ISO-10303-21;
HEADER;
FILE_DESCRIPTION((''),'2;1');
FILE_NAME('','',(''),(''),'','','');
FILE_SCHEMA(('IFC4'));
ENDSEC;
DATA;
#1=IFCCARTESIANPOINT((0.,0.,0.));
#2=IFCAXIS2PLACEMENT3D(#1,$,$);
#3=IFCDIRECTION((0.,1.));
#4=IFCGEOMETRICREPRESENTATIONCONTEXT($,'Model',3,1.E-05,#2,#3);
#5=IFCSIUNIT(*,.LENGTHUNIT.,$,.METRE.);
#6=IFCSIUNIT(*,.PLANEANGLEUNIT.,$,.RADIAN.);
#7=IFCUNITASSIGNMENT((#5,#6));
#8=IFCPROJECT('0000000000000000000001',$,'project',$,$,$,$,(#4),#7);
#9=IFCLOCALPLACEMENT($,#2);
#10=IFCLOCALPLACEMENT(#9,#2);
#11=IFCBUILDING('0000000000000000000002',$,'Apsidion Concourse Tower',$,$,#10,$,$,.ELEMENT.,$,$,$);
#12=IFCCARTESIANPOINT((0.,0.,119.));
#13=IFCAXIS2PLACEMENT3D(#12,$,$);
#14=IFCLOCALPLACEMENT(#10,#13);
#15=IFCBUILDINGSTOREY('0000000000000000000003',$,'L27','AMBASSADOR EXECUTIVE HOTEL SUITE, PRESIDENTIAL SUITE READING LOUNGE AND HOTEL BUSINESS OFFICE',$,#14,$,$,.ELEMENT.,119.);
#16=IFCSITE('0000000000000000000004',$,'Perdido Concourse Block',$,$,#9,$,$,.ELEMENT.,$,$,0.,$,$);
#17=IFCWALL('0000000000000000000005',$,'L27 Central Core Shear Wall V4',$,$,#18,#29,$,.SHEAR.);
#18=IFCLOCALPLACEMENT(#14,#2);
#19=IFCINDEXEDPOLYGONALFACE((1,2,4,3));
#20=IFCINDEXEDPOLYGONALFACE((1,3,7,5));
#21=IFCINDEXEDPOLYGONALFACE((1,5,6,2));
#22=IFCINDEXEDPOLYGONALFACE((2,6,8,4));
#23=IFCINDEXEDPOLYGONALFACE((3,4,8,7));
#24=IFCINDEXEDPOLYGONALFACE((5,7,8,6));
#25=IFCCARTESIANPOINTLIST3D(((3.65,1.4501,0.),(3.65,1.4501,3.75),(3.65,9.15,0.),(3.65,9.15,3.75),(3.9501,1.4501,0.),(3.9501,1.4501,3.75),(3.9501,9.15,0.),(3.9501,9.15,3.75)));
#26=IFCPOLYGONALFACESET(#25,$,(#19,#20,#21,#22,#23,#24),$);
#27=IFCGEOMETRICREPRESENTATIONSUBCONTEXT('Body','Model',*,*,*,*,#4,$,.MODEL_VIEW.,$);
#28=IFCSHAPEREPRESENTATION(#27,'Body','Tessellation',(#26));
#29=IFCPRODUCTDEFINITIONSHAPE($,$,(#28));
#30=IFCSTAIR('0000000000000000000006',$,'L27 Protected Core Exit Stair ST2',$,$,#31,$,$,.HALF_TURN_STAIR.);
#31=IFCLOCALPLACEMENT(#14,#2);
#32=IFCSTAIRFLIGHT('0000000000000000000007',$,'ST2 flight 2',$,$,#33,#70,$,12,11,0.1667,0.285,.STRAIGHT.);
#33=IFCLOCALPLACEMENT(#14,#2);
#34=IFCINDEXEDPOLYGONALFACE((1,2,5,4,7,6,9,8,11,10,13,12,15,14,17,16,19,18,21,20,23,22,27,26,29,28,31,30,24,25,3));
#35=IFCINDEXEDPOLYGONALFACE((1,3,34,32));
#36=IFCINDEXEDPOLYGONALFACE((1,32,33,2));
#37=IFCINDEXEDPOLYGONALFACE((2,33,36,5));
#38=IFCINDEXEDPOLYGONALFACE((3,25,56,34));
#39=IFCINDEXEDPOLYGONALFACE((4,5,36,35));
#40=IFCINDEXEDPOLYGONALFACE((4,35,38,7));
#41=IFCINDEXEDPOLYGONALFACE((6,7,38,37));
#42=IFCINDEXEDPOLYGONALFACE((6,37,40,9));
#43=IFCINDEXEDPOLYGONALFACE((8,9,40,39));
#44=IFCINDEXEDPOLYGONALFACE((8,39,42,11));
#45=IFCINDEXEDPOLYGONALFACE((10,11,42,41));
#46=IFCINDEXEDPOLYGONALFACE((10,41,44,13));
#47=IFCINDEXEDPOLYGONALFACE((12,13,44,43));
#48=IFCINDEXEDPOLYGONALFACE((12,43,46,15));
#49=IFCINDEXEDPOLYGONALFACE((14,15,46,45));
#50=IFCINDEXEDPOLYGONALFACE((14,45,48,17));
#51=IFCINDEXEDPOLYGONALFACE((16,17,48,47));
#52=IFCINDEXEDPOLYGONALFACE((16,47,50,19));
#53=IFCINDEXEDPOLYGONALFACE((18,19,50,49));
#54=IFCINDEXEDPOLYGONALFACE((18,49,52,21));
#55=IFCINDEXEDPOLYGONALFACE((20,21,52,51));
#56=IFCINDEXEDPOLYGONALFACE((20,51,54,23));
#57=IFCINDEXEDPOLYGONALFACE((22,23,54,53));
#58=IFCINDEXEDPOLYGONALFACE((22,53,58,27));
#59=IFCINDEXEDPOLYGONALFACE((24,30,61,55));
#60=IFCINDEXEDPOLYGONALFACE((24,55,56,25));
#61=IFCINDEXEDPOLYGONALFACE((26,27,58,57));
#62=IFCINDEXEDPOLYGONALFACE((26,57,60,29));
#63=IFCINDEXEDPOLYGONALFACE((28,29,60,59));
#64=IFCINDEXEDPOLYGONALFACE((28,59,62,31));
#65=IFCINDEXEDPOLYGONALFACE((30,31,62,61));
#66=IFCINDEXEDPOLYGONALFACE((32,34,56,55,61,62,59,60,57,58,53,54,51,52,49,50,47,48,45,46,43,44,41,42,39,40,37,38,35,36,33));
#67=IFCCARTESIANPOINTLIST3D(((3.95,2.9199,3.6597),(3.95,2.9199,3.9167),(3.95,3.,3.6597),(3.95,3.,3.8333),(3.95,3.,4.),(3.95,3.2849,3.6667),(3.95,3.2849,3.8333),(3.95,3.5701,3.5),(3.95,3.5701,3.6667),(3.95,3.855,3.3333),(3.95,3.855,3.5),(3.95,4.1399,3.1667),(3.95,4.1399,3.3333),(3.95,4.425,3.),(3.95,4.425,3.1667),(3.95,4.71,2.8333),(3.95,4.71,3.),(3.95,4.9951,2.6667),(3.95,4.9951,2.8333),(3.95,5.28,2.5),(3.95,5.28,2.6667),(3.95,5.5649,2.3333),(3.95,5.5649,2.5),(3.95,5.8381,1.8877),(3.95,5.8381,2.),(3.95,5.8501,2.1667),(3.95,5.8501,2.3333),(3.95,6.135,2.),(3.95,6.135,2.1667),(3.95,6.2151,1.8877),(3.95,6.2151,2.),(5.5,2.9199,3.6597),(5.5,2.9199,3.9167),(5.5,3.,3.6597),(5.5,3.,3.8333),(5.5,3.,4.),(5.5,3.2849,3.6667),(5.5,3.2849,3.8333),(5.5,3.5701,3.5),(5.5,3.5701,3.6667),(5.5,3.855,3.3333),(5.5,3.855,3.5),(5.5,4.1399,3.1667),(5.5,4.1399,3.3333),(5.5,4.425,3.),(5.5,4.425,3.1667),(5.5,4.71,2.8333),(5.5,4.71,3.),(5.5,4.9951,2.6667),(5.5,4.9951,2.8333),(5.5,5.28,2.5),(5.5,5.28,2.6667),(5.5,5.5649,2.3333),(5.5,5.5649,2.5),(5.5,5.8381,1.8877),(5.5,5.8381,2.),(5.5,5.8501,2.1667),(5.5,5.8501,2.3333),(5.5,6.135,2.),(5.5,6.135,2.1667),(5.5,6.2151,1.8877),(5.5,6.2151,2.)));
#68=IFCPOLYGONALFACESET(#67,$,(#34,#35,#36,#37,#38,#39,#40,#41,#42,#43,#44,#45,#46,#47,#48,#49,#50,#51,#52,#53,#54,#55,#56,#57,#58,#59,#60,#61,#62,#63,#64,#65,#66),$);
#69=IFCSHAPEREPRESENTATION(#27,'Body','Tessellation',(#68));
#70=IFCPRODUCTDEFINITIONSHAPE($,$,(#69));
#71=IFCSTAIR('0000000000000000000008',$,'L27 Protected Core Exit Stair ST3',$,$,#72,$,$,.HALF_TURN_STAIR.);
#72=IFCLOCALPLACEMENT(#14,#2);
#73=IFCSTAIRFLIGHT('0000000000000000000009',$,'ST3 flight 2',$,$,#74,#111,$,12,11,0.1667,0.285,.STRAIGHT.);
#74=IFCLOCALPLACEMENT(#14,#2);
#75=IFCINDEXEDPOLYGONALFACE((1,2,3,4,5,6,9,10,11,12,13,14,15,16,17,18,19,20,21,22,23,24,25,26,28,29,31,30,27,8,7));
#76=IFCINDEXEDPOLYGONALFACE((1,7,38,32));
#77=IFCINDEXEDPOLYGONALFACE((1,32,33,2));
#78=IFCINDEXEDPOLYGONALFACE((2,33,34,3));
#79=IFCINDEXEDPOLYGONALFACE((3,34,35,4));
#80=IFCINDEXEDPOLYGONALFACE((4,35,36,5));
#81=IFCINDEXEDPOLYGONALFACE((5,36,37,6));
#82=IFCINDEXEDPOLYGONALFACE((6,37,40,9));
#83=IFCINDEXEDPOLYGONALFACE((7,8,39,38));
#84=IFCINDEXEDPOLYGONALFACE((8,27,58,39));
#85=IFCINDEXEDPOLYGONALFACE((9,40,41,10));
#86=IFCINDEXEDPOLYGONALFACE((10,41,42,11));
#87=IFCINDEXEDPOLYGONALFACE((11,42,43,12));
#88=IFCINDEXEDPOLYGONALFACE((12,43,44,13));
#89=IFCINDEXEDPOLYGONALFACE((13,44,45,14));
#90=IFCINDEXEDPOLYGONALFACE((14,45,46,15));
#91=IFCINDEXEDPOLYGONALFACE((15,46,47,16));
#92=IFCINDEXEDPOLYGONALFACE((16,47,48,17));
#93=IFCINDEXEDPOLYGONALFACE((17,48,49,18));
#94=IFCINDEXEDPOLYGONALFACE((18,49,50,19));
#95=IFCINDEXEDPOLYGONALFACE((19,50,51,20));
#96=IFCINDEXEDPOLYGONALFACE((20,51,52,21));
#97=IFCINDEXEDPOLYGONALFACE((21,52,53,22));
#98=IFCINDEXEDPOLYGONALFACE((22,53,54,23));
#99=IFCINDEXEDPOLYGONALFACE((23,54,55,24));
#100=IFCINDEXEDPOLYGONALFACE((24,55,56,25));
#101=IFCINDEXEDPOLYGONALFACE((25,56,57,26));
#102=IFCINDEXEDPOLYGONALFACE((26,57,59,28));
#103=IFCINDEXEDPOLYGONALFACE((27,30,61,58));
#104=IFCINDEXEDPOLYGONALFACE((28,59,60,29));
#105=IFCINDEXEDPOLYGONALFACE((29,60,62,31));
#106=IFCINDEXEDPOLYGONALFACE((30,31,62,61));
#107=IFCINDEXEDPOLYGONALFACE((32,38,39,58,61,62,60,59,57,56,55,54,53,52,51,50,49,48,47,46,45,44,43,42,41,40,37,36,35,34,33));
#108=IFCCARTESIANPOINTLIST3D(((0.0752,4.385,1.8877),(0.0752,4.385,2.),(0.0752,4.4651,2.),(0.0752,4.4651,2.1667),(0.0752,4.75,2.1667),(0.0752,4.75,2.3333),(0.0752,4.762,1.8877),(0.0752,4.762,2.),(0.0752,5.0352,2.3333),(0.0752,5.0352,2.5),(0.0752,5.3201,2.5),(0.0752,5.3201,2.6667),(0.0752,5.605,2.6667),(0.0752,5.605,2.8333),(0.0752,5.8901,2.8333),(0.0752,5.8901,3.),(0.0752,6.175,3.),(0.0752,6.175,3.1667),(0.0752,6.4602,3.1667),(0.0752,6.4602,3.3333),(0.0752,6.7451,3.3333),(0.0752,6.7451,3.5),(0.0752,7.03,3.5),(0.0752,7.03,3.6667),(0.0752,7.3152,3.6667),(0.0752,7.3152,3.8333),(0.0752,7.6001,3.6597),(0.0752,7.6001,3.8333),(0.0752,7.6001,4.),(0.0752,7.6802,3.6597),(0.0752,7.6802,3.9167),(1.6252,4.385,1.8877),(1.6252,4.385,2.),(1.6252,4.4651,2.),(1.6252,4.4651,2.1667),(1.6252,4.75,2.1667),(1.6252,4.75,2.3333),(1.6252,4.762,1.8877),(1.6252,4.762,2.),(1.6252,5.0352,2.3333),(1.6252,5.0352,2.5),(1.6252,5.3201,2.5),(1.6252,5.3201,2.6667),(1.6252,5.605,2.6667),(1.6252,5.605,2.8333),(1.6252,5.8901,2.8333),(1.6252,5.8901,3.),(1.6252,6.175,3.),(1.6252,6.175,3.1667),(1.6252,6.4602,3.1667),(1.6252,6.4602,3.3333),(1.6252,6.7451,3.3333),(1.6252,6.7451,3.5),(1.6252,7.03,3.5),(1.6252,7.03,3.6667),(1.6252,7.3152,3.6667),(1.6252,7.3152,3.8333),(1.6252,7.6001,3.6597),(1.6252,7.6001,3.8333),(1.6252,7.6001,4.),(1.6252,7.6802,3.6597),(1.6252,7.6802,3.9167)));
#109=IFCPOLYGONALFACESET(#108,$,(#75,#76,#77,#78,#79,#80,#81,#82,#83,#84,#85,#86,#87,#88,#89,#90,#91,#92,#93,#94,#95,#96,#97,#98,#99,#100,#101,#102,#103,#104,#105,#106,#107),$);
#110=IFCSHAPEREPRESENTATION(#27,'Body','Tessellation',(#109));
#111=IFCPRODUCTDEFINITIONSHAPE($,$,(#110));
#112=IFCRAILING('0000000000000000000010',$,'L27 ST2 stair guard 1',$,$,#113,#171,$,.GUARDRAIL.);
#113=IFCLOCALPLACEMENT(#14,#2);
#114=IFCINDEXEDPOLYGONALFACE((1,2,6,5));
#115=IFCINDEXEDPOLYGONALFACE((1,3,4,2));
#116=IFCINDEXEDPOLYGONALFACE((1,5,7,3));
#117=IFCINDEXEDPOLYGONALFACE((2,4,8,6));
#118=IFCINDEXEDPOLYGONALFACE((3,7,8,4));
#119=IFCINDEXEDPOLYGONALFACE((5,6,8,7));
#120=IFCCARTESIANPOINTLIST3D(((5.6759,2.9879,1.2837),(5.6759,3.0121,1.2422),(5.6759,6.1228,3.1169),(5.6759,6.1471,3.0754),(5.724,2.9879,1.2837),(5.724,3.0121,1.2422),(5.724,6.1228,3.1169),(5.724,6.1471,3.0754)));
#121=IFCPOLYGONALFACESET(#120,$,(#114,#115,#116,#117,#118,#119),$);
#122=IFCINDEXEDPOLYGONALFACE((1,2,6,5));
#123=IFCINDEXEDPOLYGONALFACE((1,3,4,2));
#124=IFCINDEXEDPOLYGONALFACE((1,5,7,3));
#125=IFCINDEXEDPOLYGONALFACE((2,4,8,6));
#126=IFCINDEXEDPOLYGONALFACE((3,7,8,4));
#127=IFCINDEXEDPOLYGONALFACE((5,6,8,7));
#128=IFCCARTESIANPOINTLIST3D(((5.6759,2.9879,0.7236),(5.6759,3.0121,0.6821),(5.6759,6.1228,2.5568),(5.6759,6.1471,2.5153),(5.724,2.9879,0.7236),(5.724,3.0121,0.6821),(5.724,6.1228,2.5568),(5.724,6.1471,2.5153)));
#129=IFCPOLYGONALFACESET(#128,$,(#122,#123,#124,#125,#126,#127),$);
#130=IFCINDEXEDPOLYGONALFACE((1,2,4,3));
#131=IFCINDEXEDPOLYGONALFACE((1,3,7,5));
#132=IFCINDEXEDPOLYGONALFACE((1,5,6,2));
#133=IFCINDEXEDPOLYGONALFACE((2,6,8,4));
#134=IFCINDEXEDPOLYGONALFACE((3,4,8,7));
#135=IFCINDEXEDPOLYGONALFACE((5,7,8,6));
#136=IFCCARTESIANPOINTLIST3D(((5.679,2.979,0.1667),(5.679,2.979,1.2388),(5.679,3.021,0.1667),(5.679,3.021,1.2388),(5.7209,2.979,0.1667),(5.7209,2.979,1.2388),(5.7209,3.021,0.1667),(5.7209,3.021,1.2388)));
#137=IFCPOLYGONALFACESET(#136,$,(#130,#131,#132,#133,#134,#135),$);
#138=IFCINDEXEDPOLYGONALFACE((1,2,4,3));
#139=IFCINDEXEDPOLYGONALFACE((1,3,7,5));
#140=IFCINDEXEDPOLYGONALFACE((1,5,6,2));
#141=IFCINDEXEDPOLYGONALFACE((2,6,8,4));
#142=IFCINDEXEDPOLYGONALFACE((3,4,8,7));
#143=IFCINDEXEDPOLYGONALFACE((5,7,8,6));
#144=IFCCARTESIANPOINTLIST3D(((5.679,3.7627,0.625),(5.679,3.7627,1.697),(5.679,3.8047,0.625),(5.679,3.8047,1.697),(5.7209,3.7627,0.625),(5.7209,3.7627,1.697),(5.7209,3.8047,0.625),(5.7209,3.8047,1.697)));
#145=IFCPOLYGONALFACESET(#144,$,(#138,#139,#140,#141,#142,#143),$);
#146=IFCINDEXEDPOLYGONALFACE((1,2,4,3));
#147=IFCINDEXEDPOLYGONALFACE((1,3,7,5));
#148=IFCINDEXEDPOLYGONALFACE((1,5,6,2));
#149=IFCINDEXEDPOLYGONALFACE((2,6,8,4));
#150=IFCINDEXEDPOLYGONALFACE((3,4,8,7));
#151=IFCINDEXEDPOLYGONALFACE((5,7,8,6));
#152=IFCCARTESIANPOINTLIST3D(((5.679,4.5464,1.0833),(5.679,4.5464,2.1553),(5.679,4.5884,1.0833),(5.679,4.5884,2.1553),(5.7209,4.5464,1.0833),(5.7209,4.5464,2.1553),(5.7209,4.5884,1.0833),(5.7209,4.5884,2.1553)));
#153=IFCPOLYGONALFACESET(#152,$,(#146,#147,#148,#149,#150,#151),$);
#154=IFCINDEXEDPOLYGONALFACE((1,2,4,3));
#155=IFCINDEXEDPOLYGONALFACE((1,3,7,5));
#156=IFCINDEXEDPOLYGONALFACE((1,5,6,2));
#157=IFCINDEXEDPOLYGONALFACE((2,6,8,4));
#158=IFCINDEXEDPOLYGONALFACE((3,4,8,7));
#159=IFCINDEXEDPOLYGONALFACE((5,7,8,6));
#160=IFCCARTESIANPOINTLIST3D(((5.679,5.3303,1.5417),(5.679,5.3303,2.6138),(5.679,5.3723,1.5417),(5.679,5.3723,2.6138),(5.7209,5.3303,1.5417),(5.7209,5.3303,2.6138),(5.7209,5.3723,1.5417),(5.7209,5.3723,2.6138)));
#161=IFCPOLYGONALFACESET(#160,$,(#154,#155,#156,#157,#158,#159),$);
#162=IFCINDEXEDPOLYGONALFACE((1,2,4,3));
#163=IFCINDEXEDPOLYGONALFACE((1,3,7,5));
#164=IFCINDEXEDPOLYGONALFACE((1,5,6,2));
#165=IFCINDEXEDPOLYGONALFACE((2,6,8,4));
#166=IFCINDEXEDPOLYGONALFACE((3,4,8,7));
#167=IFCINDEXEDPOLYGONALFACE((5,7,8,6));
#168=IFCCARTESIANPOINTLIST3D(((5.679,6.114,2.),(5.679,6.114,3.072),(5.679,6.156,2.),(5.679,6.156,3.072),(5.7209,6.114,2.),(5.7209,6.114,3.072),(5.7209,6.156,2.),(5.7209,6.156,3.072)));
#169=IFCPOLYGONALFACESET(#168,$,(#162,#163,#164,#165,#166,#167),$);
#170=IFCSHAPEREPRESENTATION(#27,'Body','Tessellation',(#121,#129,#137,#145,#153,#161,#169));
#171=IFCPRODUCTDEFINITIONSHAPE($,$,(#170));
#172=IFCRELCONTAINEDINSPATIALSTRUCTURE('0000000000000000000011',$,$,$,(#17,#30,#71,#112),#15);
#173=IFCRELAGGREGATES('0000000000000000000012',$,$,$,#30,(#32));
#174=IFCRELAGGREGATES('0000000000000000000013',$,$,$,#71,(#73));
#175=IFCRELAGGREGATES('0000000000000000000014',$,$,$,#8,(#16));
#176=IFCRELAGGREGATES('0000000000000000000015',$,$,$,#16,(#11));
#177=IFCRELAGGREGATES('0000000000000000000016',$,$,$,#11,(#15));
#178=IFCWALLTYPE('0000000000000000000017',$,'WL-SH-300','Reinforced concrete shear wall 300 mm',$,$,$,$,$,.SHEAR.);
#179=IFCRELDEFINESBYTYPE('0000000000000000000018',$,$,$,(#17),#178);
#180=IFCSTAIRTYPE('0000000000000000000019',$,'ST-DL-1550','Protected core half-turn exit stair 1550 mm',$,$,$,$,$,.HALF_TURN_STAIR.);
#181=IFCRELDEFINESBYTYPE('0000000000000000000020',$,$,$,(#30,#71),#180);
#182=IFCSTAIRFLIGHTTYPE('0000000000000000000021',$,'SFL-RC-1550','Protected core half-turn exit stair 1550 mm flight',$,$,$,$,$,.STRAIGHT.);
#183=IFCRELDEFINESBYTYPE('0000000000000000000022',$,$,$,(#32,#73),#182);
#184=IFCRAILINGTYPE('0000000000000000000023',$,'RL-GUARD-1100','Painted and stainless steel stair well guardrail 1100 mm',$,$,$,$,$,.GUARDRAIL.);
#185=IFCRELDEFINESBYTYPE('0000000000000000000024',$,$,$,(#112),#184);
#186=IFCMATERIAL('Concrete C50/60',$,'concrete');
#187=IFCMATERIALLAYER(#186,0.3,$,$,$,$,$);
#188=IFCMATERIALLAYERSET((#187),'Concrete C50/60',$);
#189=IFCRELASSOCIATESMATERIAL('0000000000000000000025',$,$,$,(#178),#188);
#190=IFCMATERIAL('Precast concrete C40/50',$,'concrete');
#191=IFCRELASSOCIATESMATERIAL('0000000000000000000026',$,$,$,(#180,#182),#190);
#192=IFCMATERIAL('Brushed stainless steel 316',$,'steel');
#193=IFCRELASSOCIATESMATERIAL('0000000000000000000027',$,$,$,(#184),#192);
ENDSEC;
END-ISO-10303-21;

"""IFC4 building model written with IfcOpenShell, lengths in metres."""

from ifc_helpers import new_model, si_unit, direction, frame, frame_2d, origin, origin_2d, place, context, subcontext, project, spatial, polyline, rectangle, outline, extrude, material, layer, layer_set, type_object, element, aggregate, save


model = new_model("IFC4")

# Units and contexts
model_context = context("Model", 3, precision=1e-05, world=origin(), true_north=direction((0.0, 1.0)))
body_context = subcontext(model_context, "Body", "Model", "MODEL_VIEW")
ifc_project = project(units=[si_unit("LENGTHUNIT", "METRE"), si_unit("PLANEANGLEUNIT", "RADIAN")], contexts=[model_context])

# Site, building, storey
site_placement = place(None, origin())
site = spatial("IfcSite", under=ifc_project, at=site_placement, Name="Perdido Concourse Block", CompositionType="ELEMENT", RefElevation=0.0)
building_placement = place(site_placement, origin())
building = spatial("IfcBuilding", under=site, at=building_placement, Name="Apsidion Concourse Tower", CompositionType="ELEMENT")
storey_placement = place(building_placement, frame((0.0, 0.0, 119.0)))
storey = spatial("IfcBuildingStorey", under=building, at=storey_placement, Name="L27", Description="AMBASSADOR EXECUTIVE HOTEL SUITE, PRESIDENTIAL SUITE READING LOUNGE AND HOTEL BUSINESS OFFICE", CompositionType="ELEMENT", Elevation=119.0)

# Shared definitions
ifc_material_1 = material(Name="Concrete C50/60", Category="concrete")

# Wall
ifc_layer_1 = layer(ifc_material_1, 0.3)
ifc_layer_set_1 = layer_set([ifc_layer_1], Name="Concrete C50/60")
wall_type_1 = type_object("IfcWallType", Name="WL-SH-300", Description="Reinforced concrete shear wall 300 mm", PredefinedType="SHEAR", material=ifc_layer_set_1)
for number, where, z_axis, x_axis, name in (
    (1, (3.8, 1.45, 0.0), (0.0, 0.0, 1.0), (0.0, 1.0, 0.0), "L27 Central Core Shear Wall V4"),
):
    element("IfcWall", number, at=place(storey_placement, frame(where, z_axis=z_axis, x_axis=x_axis)), inside=storey, type_object=wall_type_1, Name=name, PredefinedType="SHEAR", context=body_context, shape_type="SweptSolid", body=[
        extrude(rectangle(XDim=7.7, YDim=0.3, at=frame_2d((3.8501, 0.0))), origin(), (0.0, 0.0, 1.0), 3.75),
    ])

# Stairs, stair flights
ifc_material_2 = material(Name="Precast concrete C40/50", Category="concrete")
stair_type = type_object("IfcStairType", Name="ST-DL-1550", Description="Protected core half-turn exit stair 1550 mm", PredefinedType="HALF_TURN_STAIR", material=ifc_material_2)
stair_1_placement = place(storey_placement, origin())
stair_1 = element("IfcStair", 2, at=stair_1_placement, inside=storey, type_object=stair_type, Name="L27 Protected Core Exit Stair ST2", PredefinedType="HALF_TURN_STAIR")
stair_flight_type = type_object("IfcStairFlightType", Name="SFL-RC-1550", Description="Protected core half-turn exit stair 1550 mm flight", PredefinedType="STRAIGHT", material=ifc_material_2)
stair_flight_1_placement = place(storey_placement, frame((4.7251, 6.135, 2.0), z_axis=(0.0, 0.0, 1.0), x_axis=(0.0, -1.0, 0.0)))
stair_flight_1 = element("IfcStairFlight", 3, at=stair_flight_1_placement, type_object=stair_flight_type, Name="ST2 flight 2", NumberOfRisers=12, NumberOfTreads=11, PredefinedType="STRAIGHT", RiserHeight=0.1667, TreadLength=0.285, context=body_context, shape_type="SweptSolid", body=[
    extrude(outline(polyline([(-0.0801, -0.1123), (-0.0801, 0.0), (0.0, 0.0), (0.0, 0.1667), (0.2849, 0.1667), (0.2849, 0.3333), (0.5701, 0.3333), (0.5701, 0.5), (0.855, 0.5), (0.855, 0.6667), (1.1399, 0.6667), (1.1399, 0.8333), (1.425, 0.8333), (1.425, 1.0), (1.71, 1.0), (1.71, 1.1667), (1.9951, 1.1667), (1.9951, 1.3333), (2.28, 1.3333), (2.28, 1.5), (2.5649, 1.5), (2.5649, 1.6667), (2.8501, 1.6667), (2.8501, 1.8333), (3.135, 1.8333), (3.135, 2.0), (3.2151, 1.9167), (3.2151, 1.6597), (3.135, 1.6597), (0.2969, 0.0), (0.2969, -0.1123), (-0.0801, -0.1123)])), frame((0.0, 0.7749, 0.0), z_axis=(0.0, -1.0, 0.0), x_axis=(1.0, 0.0, 0.0)), (0.0, 0.0, 1.0), 1.55),
])
aggregate(stair_1, [stair_flight_1])
stair_2_placement = place(storey_placement, origin())
stair_2 = element("IfcStair", 4, at=stair_2_placement, inside=storey, type_object=stair_type, Name="L27 Protected Core Exit Stair ST3", PredefinedType="HALF_TURN_STAIR")
stair_flight_2_placement = place(storey_placement, frame((0.8501, 4.4651, 2.0), z_axis=(0.0, 0.0, 1.0), x_axis=(0.0, 1.0, 0.0)))
stair_flight_2 = element("IfcStairFlight", 5, at=stair_flight_2_placement, type_object=stair_flight_type, Name="ST3 flight 2", NumberOfRisers=12, NumberOfTreads=11, PredefinedType="STRAIGHT", RiserHeight=0.1667, TreadLength=0.285, context=body_context, shape_type="SweptSolid", body=[
    extrude(outline(polyline([(-0.0801, -0.1123), (-0.0801, 0.0), (0.0, 0.0), (0.0, 0.1667), (0.2849, 0.1667), (0.2849, 0.3333), (0.5701, 0.3333), (0.5701, 0.5), (0.855, 0.5), (0.855, 0.6667), (1.1399, 0.6667), (1.1399, 0.8333), (1.425, 0.8333), (1.425, 1.0), (1.71, 1.0), (1.71, 1.1667), (1.9951, 1.1667), (1.9951, 1.3333), (2.28, 1.3333), (2.28, 1.5), (2.5649, 1.5), (2.5649, 1.6667), (2.8501, 1.6667), (2.8501, 1.8333), (3.135, 1.8333), (3.135, 2.0), (3.2151, 1.9167), (3.2151, 1.6597), (3.135, 1.6597), (0.2969, 0.0), (0.2969, -0.1123), (-0.0801, -0.1123)])), frame((0.0, 0.7749, 0.0), z_axis=(0.0, -1.0, 0.0), x_axis=(1.0, 0.0, 0.0)), (0.0, 0.0, 1.0), 1.55),
])
aggregate(stair_2, [stair_flight_2])

# Railing
ifc_material_3 = material(Name="Brushed stainless steel 316", Category="steel")
railing_type_1 = type_object("IfcRailingType", Name="RL-GUARD-1100", Description="Painted and stainless steel stair well guardrail 1100 mm", PredefinedType="GUARDRAIL", material=ifc_material_3)
railing_1_placement = place(storey_placement, frame((5.7, 3.0, 0.1667)))
element("IfcRailing", 6, at=railing_1_placement, inside=storey, type_object=railing_type_1, Name="L27 ST2 stair guard 1", PredefinedType="GUARDRAIL", context=body_context, shape_type="SweptSolid", body=[
    extrude(rectangle(XDim=0.0481, YDim=0.0481, at=origin_2d()), frame((0.0, 0.0, 1.0962), z_axis=(0.0, 0.86324, 0.504794), x_axis=(-1.0, 0.0, 0.0)), (0.0, 0.0, 1.0), 3.6316),
    extrude(rectangle(XDim=0.0481, YDim=0.0481, at=origin_2d()), frame((0.0, 0.0, 0.5361), z_axis=(0.0, 0.86324, 0.504794), x_axis=(-1.0, 0.0, 0.0)), (0.0, 0.0, 1.0), 3.6316),
    extrude(rectangle(XDim=0.042, YDim=0.042, at=origin_2d()), origin(), (0.0, 0.0, 1.0), 1.072),
    extrude(rectangle(XDim=0.042, YDim=0.042, at=origin_2d()), frame((0.0, 0.7837, 0.4583)), (0.0, 0.0, 1.0), 1.072),
    extrude(rectangle(XDim=0.042, YDim=0.042, at=origin_2d()), frame((0.0, 1.5674, 0.9165)), (0.0, 0.0, 1.0), 1.072),
    extrude(rectangle(XDim=0.042, YDim=0.042, at=origin_2d()), frame((0.0, 2.3513, 1.375)), (0.0, 0.0, 1.0), 1.072),
    extrude(rectangle(XDim=0.042, YDim=0.042, at=origin_2d()), frame((0.0, 3.135, 1.8333)), (0.0, 0.0, 1.0), 1.072),
])

save(model, "model.ifc")
